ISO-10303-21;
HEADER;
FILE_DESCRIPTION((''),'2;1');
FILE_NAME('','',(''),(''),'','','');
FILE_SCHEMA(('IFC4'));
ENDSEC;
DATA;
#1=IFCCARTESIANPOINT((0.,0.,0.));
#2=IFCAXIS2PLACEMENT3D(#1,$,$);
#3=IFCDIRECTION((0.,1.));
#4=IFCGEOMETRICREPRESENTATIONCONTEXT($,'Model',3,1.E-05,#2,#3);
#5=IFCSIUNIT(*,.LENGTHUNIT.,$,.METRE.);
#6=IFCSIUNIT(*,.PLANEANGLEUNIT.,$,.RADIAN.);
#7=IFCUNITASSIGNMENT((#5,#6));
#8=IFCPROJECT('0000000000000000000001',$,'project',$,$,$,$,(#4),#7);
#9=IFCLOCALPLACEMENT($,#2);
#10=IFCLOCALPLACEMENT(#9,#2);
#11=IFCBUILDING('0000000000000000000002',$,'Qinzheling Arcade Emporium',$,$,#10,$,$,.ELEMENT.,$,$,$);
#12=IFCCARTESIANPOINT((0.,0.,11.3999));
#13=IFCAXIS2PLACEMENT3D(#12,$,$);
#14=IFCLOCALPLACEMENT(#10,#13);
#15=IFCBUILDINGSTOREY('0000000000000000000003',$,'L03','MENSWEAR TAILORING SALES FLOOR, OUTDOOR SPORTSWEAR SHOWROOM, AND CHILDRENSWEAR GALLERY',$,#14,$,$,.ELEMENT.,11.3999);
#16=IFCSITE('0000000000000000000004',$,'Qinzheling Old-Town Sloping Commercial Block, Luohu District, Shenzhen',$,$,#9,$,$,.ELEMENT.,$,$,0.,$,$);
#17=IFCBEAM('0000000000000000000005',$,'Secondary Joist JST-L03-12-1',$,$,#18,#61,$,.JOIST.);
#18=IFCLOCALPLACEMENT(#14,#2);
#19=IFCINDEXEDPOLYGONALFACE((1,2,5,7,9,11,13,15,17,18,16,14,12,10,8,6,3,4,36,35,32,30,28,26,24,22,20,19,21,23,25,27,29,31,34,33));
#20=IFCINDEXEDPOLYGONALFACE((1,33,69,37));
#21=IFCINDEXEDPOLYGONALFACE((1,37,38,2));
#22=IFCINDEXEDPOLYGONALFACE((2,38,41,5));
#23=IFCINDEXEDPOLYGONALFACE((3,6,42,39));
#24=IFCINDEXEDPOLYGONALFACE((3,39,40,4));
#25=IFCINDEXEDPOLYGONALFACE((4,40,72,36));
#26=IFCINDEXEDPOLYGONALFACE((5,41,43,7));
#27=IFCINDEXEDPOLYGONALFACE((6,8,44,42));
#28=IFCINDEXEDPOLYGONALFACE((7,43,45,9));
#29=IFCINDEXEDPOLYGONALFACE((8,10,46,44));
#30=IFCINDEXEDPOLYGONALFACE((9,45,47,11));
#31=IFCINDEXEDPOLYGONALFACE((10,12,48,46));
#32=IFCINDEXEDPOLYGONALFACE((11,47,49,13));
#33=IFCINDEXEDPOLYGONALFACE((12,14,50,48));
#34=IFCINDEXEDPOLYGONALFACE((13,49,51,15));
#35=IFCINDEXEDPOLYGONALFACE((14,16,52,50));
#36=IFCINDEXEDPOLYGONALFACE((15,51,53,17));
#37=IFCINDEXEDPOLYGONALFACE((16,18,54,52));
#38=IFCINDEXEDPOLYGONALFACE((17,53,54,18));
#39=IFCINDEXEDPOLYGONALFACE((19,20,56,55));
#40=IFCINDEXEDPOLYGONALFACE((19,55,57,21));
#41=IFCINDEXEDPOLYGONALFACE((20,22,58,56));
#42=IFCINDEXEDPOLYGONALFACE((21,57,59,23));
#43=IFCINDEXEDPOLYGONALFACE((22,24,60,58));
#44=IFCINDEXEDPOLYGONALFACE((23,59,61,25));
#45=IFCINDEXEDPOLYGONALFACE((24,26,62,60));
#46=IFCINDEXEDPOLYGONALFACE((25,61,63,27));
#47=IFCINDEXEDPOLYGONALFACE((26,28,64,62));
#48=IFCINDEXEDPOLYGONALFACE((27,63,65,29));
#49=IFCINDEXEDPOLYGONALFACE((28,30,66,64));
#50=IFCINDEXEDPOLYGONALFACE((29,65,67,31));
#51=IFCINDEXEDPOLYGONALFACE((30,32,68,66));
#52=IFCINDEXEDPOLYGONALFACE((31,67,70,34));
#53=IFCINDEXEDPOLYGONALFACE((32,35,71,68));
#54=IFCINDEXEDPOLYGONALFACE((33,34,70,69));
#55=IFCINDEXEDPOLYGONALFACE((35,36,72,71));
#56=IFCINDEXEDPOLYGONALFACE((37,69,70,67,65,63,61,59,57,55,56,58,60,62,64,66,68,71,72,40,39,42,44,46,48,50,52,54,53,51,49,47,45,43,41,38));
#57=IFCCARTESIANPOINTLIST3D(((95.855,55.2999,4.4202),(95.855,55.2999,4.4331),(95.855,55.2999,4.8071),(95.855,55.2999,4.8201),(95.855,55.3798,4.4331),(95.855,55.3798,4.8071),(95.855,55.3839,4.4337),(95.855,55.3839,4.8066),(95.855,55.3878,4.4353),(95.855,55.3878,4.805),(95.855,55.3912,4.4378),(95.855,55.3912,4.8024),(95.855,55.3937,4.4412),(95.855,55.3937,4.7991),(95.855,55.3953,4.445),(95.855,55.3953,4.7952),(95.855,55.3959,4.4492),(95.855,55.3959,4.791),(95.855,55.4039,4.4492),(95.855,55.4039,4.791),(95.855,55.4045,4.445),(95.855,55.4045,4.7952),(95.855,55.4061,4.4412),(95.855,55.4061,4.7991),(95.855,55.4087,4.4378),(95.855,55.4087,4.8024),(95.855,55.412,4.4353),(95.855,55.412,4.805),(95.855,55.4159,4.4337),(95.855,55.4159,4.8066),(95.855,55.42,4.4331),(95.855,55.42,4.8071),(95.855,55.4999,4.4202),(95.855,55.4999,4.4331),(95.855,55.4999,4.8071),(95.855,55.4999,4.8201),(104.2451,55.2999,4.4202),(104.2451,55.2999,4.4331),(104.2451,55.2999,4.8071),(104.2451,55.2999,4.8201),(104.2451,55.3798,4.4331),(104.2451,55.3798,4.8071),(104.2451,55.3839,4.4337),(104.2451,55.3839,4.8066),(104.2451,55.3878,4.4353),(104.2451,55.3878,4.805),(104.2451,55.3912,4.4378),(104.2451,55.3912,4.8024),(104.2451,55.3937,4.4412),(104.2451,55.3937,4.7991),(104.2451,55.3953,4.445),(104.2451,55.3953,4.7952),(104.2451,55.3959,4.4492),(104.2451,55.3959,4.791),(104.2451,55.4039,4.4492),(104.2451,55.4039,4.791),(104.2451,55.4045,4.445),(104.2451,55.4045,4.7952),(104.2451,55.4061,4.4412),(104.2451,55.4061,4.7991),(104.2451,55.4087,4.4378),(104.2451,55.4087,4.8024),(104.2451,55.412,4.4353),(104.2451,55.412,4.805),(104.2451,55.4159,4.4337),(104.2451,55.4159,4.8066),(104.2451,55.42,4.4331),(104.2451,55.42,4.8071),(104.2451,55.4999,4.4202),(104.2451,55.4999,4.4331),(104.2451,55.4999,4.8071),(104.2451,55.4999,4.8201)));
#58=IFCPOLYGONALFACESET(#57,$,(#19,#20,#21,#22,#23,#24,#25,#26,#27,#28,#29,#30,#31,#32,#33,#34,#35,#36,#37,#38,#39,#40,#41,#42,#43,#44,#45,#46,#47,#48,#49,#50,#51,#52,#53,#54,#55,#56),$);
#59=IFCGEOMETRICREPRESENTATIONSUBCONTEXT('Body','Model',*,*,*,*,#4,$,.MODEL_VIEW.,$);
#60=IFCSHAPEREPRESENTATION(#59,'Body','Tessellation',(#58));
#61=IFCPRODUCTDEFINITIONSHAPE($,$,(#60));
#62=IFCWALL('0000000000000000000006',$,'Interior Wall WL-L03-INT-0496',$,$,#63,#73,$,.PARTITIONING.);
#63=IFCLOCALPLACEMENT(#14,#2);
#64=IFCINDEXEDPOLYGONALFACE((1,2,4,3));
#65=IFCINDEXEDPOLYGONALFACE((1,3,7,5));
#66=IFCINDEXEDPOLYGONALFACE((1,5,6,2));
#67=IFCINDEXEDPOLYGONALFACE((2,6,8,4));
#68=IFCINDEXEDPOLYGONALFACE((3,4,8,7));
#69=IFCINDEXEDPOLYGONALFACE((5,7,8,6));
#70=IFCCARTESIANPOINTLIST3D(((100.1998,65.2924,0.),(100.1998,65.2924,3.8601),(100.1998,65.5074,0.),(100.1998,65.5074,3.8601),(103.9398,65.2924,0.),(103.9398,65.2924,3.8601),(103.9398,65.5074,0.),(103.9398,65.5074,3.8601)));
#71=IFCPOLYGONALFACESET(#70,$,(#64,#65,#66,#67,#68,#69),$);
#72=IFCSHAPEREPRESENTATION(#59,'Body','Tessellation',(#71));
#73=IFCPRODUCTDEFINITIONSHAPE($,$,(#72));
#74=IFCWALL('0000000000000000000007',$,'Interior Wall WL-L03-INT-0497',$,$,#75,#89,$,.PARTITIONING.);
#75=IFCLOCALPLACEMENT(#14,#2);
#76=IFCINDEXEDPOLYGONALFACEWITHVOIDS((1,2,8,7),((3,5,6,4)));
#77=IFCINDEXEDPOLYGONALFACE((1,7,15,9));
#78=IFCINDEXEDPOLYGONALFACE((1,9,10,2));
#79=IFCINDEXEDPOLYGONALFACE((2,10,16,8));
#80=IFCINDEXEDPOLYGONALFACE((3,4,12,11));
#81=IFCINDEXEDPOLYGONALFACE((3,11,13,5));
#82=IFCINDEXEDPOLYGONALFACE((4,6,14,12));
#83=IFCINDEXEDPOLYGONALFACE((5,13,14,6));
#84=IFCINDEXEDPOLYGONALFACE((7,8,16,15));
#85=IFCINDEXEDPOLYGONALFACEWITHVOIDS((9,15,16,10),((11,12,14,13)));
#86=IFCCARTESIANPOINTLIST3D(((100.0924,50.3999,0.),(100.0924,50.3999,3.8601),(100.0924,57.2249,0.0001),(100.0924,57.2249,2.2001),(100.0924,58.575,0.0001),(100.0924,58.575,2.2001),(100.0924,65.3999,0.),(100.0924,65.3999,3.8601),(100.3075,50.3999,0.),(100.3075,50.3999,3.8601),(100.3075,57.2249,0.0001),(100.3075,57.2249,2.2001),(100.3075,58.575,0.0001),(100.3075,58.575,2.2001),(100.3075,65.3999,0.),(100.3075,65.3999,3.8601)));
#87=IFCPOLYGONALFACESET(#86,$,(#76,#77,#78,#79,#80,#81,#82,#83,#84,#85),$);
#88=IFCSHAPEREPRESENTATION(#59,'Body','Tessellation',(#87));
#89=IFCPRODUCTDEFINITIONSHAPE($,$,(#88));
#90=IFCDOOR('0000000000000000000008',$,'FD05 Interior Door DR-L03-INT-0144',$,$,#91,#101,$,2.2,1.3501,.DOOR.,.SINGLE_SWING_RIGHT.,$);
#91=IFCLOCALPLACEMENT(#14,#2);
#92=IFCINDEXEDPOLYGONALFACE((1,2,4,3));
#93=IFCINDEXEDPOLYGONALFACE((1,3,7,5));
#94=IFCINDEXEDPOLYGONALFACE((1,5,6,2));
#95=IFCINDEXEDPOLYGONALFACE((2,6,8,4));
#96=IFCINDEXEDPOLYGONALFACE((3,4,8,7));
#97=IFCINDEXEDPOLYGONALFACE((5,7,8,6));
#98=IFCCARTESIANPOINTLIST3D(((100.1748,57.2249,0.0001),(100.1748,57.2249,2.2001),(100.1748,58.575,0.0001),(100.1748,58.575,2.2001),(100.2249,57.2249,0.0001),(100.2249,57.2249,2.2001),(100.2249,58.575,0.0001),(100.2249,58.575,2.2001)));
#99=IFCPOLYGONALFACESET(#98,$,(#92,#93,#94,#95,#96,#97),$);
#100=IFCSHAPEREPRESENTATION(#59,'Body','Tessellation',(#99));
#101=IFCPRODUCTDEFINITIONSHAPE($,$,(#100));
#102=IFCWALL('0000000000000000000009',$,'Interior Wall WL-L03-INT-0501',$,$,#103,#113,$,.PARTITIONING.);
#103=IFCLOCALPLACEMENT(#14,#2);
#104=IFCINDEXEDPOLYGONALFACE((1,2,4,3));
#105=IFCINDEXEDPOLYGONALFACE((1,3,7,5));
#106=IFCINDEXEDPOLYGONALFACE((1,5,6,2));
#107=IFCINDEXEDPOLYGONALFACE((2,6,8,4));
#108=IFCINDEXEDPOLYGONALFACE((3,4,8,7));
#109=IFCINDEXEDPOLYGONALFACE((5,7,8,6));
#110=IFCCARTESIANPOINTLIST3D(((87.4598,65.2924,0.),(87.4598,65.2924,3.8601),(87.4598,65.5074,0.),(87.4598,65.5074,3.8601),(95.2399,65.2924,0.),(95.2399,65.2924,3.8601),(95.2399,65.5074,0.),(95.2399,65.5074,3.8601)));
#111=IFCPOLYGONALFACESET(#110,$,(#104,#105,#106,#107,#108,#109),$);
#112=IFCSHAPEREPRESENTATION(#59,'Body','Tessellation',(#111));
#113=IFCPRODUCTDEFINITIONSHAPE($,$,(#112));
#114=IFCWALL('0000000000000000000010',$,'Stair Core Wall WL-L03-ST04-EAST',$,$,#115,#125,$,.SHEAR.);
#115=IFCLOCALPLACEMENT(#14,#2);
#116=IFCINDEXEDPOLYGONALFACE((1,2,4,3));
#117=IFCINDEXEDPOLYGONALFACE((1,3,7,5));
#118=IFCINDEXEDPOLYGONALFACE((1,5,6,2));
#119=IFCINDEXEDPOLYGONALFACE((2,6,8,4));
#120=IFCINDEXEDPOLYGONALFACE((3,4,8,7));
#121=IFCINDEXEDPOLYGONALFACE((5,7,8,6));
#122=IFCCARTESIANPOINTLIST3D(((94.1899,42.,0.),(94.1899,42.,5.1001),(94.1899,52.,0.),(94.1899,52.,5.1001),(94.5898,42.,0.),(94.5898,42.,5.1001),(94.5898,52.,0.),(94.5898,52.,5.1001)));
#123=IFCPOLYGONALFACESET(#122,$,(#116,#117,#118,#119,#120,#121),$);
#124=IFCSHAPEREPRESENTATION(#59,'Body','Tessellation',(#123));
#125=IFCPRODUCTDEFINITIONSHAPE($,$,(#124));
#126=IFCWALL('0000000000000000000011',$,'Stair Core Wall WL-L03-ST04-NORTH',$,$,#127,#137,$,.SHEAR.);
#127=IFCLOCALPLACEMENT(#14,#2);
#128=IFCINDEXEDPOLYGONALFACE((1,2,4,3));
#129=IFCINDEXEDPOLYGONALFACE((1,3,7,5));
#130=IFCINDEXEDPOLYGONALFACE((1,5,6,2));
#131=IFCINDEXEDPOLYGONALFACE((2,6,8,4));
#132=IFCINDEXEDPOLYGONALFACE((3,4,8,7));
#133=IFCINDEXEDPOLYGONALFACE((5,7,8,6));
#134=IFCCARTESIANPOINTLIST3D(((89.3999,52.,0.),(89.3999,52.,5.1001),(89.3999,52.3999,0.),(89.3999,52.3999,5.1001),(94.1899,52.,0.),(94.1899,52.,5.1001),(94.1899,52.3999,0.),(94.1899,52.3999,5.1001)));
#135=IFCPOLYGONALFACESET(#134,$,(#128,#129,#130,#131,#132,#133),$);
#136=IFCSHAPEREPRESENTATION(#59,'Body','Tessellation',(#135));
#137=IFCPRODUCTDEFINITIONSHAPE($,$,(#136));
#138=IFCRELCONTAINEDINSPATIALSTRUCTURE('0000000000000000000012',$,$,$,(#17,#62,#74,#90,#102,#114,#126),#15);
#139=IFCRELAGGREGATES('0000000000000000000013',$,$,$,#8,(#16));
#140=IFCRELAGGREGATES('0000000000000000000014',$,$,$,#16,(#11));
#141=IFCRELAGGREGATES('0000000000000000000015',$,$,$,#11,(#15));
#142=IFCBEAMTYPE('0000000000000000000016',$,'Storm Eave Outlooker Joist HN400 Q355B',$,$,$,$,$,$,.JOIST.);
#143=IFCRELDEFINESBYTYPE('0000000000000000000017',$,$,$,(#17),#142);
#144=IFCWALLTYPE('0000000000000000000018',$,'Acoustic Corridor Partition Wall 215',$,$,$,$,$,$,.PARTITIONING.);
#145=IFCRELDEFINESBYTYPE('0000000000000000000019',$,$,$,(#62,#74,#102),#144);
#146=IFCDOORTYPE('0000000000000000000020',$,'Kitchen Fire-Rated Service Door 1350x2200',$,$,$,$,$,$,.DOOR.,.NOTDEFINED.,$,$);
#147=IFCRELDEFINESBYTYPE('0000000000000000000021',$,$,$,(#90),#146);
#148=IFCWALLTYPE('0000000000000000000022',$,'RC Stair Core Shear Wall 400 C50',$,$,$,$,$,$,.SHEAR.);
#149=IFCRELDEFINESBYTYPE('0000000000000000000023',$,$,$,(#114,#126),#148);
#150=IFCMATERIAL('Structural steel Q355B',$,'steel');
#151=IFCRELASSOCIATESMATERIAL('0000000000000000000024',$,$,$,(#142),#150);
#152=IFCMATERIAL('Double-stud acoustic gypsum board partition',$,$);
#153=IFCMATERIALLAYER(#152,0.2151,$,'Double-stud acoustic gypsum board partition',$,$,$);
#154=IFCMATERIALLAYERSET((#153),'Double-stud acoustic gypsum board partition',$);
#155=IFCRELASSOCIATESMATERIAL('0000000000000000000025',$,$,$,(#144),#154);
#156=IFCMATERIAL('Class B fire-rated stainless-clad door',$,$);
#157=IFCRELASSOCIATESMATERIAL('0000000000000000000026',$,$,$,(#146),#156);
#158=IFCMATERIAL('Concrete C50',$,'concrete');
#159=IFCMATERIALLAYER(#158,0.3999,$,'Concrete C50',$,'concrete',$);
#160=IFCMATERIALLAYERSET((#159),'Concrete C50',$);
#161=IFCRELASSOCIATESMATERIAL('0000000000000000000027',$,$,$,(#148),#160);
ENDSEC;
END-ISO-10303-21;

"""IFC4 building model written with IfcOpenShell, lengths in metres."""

from ifc_helpers import new_model, si_unit, direction, frame, frame_2d, origin, origin_2d, place, context, subcontext, project, spatial, rectangle, i_section, extrude, material, layer, layer_set, material_profile, profile_set, type_object, element, fill, save


model = new_model("IFC4")

# Units and contexts
model_context = context("Model", 3, precision=1e-05, world=origin(), true_north=direction((0.0, 1.0)))
body_context = subcontext(model_context, "Body", "Model", "MODEL_VIEW")
ifc_project = project(units=[si_unit("LENGTHUNIT", "METRE"), si_unit("PLANEANGLEUNIT", "RADIAN")], contexts=[model_context])

# Site, building, storey
site_placement = place(None, origin())
site = spatial("IfcSite", under=ifc_project, at=site_placement, Name="Qinzheling Old-Town Sloping Commercial Block, Luohu District, Shenzhen", CompositionType="ELEMENT", RefElevation=0.0)
building_placement = place(site_placement, origin())
building = spatial("IfcBuilding", under=site, at=building_placement, Name="Qinzheling Arcade Emporium", CompositionType="ELEMENT")
storey_placement = place(building_placement, frame((0.0, 0.0, 11.3999)))
storey = spatial("IfcBuildingStorey", under=building, at=storey_placement, Name="L03", Description="MENSWEAR TAILORING SALES FLOOR, OUTDOOR SPORTSWEAR SHOWROOM, AND CHILDRENSWEAR GALLERY", CompositionType="ELEMENT", Elevation=11.3999)

# Shared definitions
ifc_material_1 = material(Name="Concrete C50", Category="concrete")

# Beam
ifc_material_2 = material(Name="Structural steel Q355B", Category="steel")
ifc_material_profile_1 = material_profile(ifc_material_2, i_section(OverallWidth=0.2, OverallDepth=0.3999, WebThickness=0.0081, FlangeThickness=0.0129, FilletRadius=0.0161, at=origin_2d()), Name="HN 400x200x8x13", Category="steel")
ifc_profile_set_1 = profile_set([ifc_material_profile_1], Name="Structural steel Q355B")
beam_type_1 = type_object("IfcBeamType", Name="Storm Eave Outlooker Joist HN400 Q355B", PredefinedType="JOIST", material=ifc_profile_set_1)
beam_1_placement = place(storey_placement, frame((95.855, 55.3999, 4.6201), z_axis=(1.0, 0.0, 0.0), x_axis=(0.0, 1.0, 0.0)))
element("IfcBeam", 1, at=beam_1_placement, inside=storey, type_object=beam_type_1, Name="Secondary Joist JST-L03-12-1", PredefinedType="JOIST", context=body_context, shape_type="SweptSolid", body=[
    extrude(i_section(OverallWidth=0.2, OverallDepth=0.3999, WebThickness=0.0081, FlangeThickness=0.0129, FilletRadius=0.0161, at=origin_2d()), origin(), (0.0, 0.0, 1.0), 8.3901),
])

# Wall
ifc_material_3 = material(Name="Double-stud acoustic gypsum board partition")
ifc_layer_1 = layer(ifc_material_3, 0.2151, Name="Double-stud acoustic gypsum board partition")
ifc_layer_set_1 = layer_set([ifc_layer_1], Name="Double-stud acoustic gypsum board partition")
wall_type_1 = type_object("IfcWallType", Name="Acoustic Corridor Partition Wall 215", PredefinedType="PARTITIONING", material=ifc_layer_set_1)
wall_1_placement = place(storey_placement, frame((103.9399, 65.3999, 0.0), z_axis=(0.0, 0.0, 1.0), x_axis=(-1.0, 0.0, 0.0)))
element("IfcWall", 2, at=wall_1_placement, inside=storey, type_object=wall_type_1, Name="Interior Wall WL-L03-INT-0496", PredefinedType="PARTITIONING", context=body_context, shape_type="SweptSolid", body=[
    extrude(rectangle(XDim=3.74, YDim=0.2151, at=frame_2d((1.8701, 0.0))), origin(), (0.0, 0.0, 1.0), 3.8601),
])

# Wall, opening, door
wall_2_placement = place(storey_placement, frame((100.2, 65.3999, 0.0), z_axis=(0.0, 0.0, 1.0), x_axis=(0.0, -1.0, 0.0)))
wall_2 = element("IfcWall", 3, at=wall_2_placement, inside=storey, type_object=wall_type_1, Name="Interior Wall WL-L03-INT-0497", PredefinedType="PARTITIONING", context=body_context, shape_type="SweptSolid", body=[
    extrude(rectangle(XDim=15.0, YDim=0.2151, at=frame_2d((7.5, 0.0))), origin(), (0.0, 0.0, 1.0), 3.8601),
])
opening_placement = place(wall_2_placement, frame((6.825, 0.0, 0.0)))
opening = element("IfcOpeningElement", 4, at=opening_placement, cuts=wall_2, PredefinedType="OPENING", context=body_context, shape_type="SweptSolid", body=[
    extrude(rectangle(XDim=1.3501, YDim=2.2, at=frame_2d((0.675, 1.1001))), frame((0.0, 0.1177, 0.0), z_axis=(0.0, -1.0, 0.0), x_axis=(1.0, 0.0, 0.0)), (0.0, 0.0, 1.0), 0.2351),
])
ifc_material_4 = material(Name="Class B fire-rated stainless-clad door")
door_type = type_object("IfcDoorType", Name="Kitchen Fire-Rated Service Door 1350x2200", OperationType="NOTDEFINED", PredefinedType="DOOR", material=ifc_material_4)
door_placement = place(opening_placement, origin())
door = element("IfcDoor", 5, at=door_placement, inside=storey, type_object=door_type, Name="FD05 Interior Door DR-L03-INT-0144", OperationType="SINGLE_SWING_RIGHT", OverallHeight=2.2, OverallWidth=1.3501, PredefinedType="DOOR", context=body_context, shape_type="SweptSolid", body=[
    extrude(rectangle(XDim=1.3501, YDim=2.2, at=frame_2d((0.675, 1.1001))), frame((0.0, 0.0249, 0.0), z_axis=(0.0, -1.0, 0.0), x_axis=(1.0, 0.0, 0.0)), (0.0, 0.0, 1.0), 0.05),
])
fill(opening, door)

# Walls
wall_3_placement = place(storey_placement, frame((95.24, 65.3999, 0.0), z_axis=(0.0, 0.0, 1.0), x_axis=(-1.0, 0.0, 0.0)))
element("IfcWall", 6, at=wall_3_placement, inside=storey, type_object=wall_type_1, Name="Interior Wall WL-L03-INT-0501", PredefinedType="PARTITIONING", context=body_context, shape_type="SweptSolid", body=[
    extrude(rectangle(XDim=7.78, YDim=0.2151, at=frame_2d((3.8901, 0.0))), origin(), (0.0, 0.0, 1.0), 3.8601),
])
ifc_layer_2 = layer(ifc_material_1, 0.3999, Name="Concrete C50", Category="concrete")
ifc_layer_set_2 = layer_set([ifc_layer_2], Name="Concrete C50")
wall_type_2 = type_object("IfcWallType", Name="RC Stair Core Shear Wall 400 C50", PredefinedType="SHEAR", material=ifc_layer_set_2)
wall_4_placement = place(storey_placement, frame((94.3899, 52.0, 0.0), z_axis=(0.0, 0.0, 1.0), x_axis=(0.0, -1.0, 0.0)))
element("IfcWall", 7, at=wall_4_placement, inside=storey, type_object=wall_type_2, Name="Stair Core Wall WL-L03-ST04-EAST", PredefinedType="SHEAR", context=body_context, shape_type="SweptSolid", body=[
    extrude(rectangle(XDim=10.0, YDim=0.3999, at=frame_2d((5.0, 0.0))), origin(), (0.0, 0.0, 1.0), 5.1001),
])
wall_5_placement = place(storey_placement, frame((89.3999, 52.2, 0.0), z_axis=(0.0, 0.0, 1.0), x_axis=(1.0, 0.0, 0.0)))
element("IfcWall", 8, at=wall_5_placement, inside=storey, type_object=wall_type_2, Name="Stair Core Wall WL-L03-ST04-NORTH", PredefinedType="SHEAR", context=body_context, shape_type="SweptSolid", body=[
    extrude(rectangle(XDim=4.79, YDim=0.3999, at=frame_2d((2.395, 0.0))), origin(), (0.0, 0.0, 1.0), 5.1001),
])

save(model, "model.ifc")
